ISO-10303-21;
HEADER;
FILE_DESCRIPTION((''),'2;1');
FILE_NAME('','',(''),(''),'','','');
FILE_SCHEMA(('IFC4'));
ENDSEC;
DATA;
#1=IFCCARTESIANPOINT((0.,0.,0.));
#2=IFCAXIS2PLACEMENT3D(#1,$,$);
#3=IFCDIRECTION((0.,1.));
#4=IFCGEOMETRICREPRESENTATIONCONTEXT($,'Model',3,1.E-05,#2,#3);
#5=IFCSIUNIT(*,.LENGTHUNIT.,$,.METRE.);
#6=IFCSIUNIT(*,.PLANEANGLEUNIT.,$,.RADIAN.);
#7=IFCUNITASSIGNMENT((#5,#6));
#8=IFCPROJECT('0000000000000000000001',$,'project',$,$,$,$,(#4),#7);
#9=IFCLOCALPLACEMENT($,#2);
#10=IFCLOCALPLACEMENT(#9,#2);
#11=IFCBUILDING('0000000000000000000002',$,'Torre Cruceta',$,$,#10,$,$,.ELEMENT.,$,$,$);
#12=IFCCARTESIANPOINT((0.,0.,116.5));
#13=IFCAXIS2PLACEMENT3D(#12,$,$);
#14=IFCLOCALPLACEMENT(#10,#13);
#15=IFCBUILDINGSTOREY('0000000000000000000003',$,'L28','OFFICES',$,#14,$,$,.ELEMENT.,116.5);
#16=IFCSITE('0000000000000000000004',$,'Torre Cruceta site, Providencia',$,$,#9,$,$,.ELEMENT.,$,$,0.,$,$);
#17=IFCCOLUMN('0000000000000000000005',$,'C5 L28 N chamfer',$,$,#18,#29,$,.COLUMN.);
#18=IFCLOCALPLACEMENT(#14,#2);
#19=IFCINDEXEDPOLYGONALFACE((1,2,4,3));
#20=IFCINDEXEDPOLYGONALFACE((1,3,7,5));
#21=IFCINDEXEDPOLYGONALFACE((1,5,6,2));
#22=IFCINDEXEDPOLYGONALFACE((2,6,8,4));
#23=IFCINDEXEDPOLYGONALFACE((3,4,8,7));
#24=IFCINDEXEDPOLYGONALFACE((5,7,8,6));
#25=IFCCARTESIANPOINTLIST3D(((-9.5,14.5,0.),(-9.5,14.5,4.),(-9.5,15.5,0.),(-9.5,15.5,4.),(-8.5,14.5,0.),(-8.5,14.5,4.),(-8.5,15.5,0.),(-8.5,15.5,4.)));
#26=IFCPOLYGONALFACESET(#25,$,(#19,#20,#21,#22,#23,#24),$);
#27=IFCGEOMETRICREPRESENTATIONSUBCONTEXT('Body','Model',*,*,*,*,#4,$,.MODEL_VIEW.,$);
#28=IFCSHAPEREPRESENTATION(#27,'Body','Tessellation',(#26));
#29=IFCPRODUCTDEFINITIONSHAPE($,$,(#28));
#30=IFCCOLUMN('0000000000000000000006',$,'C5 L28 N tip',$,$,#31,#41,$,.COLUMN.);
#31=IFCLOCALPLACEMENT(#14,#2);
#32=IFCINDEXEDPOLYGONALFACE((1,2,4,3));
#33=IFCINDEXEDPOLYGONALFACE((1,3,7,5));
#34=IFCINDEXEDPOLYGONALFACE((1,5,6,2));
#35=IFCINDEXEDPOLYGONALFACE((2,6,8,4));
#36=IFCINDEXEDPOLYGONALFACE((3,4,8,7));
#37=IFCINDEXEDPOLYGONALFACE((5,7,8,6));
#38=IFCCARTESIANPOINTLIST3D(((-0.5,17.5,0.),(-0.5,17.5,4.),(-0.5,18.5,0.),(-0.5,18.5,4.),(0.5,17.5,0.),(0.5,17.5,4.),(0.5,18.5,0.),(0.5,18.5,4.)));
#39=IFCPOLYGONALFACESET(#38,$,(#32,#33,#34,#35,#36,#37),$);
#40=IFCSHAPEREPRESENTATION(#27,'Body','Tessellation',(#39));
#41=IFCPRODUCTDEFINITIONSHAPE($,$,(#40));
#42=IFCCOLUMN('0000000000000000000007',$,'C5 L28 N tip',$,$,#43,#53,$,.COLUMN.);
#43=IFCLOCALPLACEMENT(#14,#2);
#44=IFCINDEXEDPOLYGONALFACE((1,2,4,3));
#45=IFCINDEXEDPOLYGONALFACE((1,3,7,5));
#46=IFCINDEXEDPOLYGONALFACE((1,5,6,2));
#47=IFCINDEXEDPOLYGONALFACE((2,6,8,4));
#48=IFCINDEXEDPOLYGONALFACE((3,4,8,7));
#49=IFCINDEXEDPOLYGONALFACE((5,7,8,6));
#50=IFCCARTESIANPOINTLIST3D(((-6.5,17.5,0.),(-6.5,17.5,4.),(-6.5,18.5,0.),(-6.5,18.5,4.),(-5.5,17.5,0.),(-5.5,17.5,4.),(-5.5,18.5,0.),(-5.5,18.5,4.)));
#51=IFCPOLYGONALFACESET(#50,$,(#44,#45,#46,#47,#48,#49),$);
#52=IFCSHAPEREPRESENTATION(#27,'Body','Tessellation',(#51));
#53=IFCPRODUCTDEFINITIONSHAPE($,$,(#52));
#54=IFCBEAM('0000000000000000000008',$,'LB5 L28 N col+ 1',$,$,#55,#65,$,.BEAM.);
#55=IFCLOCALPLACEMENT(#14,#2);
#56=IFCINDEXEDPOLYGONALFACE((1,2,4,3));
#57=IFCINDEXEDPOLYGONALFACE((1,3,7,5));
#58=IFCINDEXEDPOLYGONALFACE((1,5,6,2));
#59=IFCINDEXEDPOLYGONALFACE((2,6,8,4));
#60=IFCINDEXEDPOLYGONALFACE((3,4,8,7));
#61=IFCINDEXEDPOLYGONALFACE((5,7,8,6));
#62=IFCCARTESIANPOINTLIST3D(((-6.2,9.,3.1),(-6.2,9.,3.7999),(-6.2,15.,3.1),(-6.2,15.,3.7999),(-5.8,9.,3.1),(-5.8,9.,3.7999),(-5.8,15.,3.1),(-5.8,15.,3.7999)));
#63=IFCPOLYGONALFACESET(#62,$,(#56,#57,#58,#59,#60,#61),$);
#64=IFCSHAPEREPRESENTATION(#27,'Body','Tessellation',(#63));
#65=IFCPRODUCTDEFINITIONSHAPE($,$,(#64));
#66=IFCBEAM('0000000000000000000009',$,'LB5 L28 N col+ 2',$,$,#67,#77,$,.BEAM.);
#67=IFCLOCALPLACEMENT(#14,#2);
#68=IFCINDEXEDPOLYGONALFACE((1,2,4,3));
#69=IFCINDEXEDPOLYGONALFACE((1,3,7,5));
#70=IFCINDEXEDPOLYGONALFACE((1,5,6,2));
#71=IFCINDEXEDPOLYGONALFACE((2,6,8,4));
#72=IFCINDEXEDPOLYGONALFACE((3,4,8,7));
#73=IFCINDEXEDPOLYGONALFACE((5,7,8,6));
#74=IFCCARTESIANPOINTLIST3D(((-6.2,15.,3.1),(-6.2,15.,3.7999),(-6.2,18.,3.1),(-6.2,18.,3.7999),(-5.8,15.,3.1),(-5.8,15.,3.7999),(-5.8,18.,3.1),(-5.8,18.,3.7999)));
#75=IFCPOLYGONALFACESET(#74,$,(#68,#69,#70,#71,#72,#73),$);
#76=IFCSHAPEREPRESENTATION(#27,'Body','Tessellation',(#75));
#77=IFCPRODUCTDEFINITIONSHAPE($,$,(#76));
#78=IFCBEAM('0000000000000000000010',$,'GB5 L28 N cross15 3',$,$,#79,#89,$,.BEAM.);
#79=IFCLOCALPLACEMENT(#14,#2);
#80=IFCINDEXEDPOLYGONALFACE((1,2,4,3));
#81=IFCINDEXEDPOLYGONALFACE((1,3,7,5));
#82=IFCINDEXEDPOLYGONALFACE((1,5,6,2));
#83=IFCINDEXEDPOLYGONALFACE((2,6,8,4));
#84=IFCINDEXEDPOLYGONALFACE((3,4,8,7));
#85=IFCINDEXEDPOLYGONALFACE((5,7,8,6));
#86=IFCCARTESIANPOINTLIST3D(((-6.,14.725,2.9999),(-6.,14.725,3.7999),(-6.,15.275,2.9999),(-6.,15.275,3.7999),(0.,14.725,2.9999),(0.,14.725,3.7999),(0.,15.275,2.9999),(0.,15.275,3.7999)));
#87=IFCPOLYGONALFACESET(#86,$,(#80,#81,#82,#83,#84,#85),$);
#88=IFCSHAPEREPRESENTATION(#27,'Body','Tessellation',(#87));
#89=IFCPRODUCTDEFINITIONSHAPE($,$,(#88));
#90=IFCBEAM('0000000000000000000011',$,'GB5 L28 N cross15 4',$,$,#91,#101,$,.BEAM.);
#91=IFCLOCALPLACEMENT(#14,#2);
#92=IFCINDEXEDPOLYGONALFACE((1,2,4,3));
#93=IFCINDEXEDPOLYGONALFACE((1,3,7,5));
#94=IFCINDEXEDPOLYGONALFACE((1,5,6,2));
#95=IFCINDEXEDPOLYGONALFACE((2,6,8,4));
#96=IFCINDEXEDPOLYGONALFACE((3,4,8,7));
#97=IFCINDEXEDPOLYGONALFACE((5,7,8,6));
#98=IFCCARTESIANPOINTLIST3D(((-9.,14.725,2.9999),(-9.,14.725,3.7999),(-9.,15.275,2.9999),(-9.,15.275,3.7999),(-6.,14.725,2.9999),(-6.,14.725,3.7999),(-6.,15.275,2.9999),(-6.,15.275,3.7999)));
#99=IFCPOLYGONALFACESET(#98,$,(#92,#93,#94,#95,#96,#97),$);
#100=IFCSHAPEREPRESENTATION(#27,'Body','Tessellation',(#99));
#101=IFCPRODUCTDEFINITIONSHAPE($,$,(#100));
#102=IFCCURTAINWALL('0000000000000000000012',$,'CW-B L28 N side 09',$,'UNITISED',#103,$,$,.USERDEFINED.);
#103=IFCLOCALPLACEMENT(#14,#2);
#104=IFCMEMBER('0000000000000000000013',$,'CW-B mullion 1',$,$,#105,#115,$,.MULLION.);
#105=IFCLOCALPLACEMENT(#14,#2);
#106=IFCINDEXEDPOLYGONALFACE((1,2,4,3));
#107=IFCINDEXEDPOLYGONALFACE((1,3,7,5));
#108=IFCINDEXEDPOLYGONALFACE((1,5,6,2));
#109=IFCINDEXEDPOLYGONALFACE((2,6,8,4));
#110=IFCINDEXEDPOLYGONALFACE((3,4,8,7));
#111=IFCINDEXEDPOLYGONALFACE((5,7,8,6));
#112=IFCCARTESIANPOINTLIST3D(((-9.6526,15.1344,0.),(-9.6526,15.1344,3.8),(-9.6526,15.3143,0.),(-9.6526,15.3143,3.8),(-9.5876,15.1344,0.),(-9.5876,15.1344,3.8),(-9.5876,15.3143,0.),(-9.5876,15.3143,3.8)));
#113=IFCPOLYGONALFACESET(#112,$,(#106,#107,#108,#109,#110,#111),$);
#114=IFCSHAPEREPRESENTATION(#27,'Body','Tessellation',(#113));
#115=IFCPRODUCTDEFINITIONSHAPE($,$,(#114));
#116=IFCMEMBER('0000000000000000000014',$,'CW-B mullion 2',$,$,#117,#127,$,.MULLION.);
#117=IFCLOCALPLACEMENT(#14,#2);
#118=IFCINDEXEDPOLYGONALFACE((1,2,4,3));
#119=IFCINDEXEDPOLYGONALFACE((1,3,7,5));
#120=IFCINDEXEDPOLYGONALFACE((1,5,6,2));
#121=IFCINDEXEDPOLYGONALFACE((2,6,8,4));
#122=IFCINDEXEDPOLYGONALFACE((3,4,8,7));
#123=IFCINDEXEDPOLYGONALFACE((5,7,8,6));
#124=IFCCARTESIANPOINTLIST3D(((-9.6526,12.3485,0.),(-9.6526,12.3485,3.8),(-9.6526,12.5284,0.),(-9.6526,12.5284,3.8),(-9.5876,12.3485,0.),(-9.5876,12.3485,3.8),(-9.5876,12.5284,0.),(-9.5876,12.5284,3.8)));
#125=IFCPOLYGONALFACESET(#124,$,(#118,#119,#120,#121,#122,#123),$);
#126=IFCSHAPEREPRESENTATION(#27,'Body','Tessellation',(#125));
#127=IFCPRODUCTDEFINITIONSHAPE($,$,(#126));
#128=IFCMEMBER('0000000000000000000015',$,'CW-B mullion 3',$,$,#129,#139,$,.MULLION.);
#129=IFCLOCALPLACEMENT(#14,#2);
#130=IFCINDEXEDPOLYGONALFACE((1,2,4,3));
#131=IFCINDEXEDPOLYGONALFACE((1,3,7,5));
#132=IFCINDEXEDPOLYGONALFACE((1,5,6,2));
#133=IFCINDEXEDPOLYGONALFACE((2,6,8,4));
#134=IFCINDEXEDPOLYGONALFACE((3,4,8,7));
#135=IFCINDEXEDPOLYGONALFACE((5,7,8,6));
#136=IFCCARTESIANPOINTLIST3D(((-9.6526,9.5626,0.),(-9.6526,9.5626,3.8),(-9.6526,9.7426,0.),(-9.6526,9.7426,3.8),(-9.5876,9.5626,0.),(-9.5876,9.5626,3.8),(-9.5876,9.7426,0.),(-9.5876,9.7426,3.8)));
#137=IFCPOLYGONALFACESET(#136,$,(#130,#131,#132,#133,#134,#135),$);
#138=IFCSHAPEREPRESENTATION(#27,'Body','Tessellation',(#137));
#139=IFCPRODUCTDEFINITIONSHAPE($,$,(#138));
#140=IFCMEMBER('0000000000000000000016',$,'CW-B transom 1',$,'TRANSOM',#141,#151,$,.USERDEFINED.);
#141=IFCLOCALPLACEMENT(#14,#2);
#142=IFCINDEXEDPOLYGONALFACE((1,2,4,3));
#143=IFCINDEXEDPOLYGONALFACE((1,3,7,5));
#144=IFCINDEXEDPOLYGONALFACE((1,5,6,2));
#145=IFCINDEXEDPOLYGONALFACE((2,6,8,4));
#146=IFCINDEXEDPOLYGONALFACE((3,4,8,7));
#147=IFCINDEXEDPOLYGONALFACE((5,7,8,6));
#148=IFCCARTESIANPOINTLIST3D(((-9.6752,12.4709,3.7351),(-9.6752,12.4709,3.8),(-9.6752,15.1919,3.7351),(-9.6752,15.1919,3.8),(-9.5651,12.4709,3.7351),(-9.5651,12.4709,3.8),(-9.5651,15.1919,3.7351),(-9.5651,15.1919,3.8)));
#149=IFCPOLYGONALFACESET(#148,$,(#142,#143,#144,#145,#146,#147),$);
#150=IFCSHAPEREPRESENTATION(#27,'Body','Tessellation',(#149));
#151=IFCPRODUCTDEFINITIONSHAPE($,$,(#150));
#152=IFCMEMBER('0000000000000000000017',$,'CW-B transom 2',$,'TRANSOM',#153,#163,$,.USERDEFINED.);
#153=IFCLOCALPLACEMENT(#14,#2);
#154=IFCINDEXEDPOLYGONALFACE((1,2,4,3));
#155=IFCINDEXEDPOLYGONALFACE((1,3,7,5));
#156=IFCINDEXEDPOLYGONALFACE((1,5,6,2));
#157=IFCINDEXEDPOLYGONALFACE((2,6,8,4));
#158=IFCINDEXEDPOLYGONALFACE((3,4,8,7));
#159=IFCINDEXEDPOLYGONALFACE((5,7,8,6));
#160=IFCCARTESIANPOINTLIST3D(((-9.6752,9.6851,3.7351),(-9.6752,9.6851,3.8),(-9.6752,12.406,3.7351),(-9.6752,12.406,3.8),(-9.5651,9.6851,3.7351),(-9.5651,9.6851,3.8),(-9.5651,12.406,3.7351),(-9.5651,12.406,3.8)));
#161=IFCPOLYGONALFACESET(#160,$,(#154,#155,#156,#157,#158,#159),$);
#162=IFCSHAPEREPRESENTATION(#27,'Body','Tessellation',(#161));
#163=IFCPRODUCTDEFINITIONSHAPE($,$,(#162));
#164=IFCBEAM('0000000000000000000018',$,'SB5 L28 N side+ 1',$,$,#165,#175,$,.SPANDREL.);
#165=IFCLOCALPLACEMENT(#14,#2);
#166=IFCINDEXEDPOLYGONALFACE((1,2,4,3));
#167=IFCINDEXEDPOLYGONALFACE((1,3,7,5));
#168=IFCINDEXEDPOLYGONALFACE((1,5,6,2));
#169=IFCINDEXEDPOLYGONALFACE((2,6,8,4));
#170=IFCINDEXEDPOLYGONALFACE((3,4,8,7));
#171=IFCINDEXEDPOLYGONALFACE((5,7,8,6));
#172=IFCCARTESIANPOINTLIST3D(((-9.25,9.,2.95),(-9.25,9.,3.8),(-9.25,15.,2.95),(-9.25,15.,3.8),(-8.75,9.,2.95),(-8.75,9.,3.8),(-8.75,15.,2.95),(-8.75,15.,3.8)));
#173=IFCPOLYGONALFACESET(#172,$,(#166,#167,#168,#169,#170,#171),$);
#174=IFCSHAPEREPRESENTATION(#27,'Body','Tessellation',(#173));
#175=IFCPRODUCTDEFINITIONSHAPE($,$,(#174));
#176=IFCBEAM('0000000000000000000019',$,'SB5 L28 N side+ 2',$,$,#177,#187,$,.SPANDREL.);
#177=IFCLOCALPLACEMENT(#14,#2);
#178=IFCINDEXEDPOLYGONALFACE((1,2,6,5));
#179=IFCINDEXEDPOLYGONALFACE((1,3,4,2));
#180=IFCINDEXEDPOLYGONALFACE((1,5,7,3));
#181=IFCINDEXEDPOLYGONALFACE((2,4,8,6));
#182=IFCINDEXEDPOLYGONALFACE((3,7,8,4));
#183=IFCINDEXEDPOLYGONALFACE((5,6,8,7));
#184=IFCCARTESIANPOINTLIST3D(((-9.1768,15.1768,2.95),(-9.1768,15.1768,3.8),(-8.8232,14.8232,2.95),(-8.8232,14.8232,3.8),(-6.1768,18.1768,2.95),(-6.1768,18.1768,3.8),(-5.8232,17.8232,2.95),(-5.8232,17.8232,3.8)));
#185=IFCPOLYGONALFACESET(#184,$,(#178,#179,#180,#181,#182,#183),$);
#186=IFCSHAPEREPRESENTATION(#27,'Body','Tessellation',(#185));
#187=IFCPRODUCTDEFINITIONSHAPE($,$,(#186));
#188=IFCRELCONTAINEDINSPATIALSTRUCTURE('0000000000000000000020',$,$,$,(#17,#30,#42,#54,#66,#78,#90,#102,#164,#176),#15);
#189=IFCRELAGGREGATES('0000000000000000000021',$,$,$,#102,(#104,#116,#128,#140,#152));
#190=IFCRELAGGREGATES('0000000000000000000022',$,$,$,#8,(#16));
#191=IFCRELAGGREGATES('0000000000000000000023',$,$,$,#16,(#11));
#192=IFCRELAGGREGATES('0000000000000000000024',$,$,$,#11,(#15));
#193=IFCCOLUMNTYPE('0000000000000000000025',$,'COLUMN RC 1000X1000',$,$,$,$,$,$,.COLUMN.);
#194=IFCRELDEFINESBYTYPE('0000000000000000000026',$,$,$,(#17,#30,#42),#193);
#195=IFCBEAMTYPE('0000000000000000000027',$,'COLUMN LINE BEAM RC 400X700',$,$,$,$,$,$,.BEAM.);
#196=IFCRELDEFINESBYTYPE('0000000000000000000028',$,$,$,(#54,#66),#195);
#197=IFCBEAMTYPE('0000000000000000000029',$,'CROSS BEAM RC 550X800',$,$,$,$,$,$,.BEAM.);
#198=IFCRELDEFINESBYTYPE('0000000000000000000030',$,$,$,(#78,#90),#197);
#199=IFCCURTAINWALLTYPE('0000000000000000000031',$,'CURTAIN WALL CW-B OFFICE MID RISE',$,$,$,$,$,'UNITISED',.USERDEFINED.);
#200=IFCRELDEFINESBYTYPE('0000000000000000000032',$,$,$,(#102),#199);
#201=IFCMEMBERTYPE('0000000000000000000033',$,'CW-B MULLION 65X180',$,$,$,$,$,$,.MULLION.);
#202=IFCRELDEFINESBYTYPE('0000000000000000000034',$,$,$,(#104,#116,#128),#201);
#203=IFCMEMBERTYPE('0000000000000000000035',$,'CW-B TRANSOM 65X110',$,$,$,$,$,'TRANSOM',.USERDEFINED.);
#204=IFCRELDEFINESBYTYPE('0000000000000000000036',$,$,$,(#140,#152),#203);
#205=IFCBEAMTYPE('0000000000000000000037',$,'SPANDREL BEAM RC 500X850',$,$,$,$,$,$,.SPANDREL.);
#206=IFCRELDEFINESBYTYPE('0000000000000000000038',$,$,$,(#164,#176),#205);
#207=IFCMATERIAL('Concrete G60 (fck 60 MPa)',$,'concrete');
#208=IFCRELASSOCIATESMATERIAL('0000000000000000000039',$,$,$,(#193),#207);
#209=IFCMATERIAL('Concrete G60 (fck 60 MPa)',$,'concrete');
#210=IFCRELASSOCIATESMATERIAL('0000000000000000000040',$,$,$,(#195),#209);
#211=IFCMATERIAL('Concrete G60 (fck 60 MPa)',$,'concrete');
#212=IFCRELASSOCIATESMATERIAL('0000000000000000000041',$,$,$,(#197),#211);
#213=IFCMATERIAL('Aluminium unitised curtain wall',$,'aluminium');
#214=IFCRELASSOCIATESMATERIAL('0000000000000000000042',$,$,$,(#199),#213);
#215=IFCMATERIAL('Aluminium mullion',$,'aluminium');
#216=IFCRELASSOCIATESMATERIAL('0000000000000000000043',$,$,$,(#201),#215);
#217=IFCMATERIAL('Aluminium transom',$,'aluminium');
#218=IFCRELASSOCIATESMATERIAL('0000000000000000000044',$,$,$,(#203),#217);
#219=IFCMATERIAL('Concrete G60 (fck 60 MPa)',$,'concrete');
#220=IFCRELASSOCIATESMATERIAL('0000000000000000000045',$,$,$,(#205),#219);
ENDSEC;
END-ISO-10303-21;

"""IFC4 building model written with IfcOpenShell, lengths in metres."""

from ifc_helpers import new_model, si_unit, direction, frame, origin, origin_2d, place, context, subcontext, project, spatial, rectangle, extrude, material, material_profile, profile_set, type_object, element, aggregate, save


model = new_model("IFC4")

# Units and contexts
model_context = context("Model", 3, precision=1e-05, world=origin(), true_north=direction((0.0, 1.0)))
body_context = subcontext(model_context, "Body", "Model", "MODEL_VIEW")
ifc_project = project(units=[si_unit("LENGTHUNIT", "METRE"), si_unit("PLANEANGLEUNIT", "RADIAN")], contexts=[model_context])

# Site, building, storey
site_placement = place(None, origin())
site = spatial("IfcSite", under=ifc_project, at=site_placement, Name="Torre Cruceta site, Providencia", CompositionType="ELEMENT", RefElevation=0.0)
building_placement = place(site_placement, origin())
building = spatial("IfcBuilding", under=site, at=building_placement, Name="Torre Cruceta", CompositionType="ELEMENT")
storey_placement = place(building_placement, frame((0.0, 0.0, 116.5)))
storey = spatial("IfcBuildingStorey", under=building, at=storey_placement, Name="L28", Description="OFFICES", CompositionType="ELEMENT", Elevation=116.5)

# Columns
ifc_material_1 = material(Name="Concrete G60 (fck 60 MPa)", Category="concrete")
ifc_material_profile_1 = material_profile(ifc_material_1, rectangle(XDim=1.0, YDim=1.0, at=origin_2d()), Name="RC 1000X1000")
ifc_profile_set_1 = profile_set([ifc_material_profile_1], Name="Concrete G60 (fck 60 MPa)")
column_type = type_object("IfcColumnType", Name="COLUMN RC 1000X1000", PredefinedType="COLUMN", material=ifc_profile_set_1)
for number, where, z_axis, x_axis, name in (
    (1, (-9.0, 15.0, 0.0), (0.0, 0.0, 1.0), (1.0, 0.0, 0.0), "C5 L28 N chamfer"),
    (2, (0.0, 18.0, 0.0), (0.0, 0.0, 1.0), (1.0, 0.0, 0.0), "C5 L28 N tip"),
    (3, (-6.0, 18.0, 0.0), (0.0, 0.0, 1.0), (1.0, 0.0, 0.0), "C5 L28 N tip"),
):
    element("IfcColumn", number, at=place(storey_placement, frame(where, z_axis=z_axis, x_axis=x_axis)), inside=storey, type_object=column_type, Name=name, PredefinedType="COLUMN", context=body_context, shape_type="SweptSolid", body=[
        extrude(rectangle(XDim=1.0, YDim=1.0, at=origin_2d()), origin(), (0.0, 0.0, 1.0), 4.0),
    ])

# Beams
ifc_material_2 = material(Name="Concrete G60 (fck 60 MPa)", Category="concrete")
ifc_material_profile_2 = material_profile(ifc_material_2, rectangle(XDim=0.3999, YDim=0.7, at=origin_2d()), Name="RC 400X700")
ifc_profile_set_2 = profile_set([ifc_material_profile_2], Name="Concrete G60 (fck 60 MPa)")
beam_type_1 = type_object("IfcBeamType", Name="COLUMN LINE BEAM RC 400X700", PredefinedType="BEAM", material=ifc_profile_set_2)
beam_1_placement = place(storey_placement, frame((-6.0, 9.0, 3.45), z_axis=(0.0, 1.0, 0.0), x_axis=(-1.0, 0.0, 0.0)))
element("IfcBeam", 4, at=beam_1_placement, inside=storey, type_object=beam_type_1, Name="LB5 L28 N col+ 1", PredefinedType="BEAM", context=body_context, shape_type="SweptSolid", body=[
    extrude(rectangle(XDim=0.3999, YDim=0.7, at=origin_2d()), origin(), (0.0, 0.0, 1.0), 6.0),
])
beam_2_placement = place(storey_placement, frame((-6.0, 15.0, 3.45), z_axis=(0.0, 1.0, 0.0), x_axis=(-1.0, 0.0, 0.0)))
element("IfcBeam", 5, at=beam_2_placement, inside=storey, type_object=beam_type_1, Name="LB5 L28 N col+ 2", PredefinedType="BEAM", context=body_context, shape_type="SweptSolid", body=[
    extrude(rectangle(XDim=0.3999, YDim=0.7, at=origin_2d()), origin(), (0.0, 0.0, 1.0), 3.0),
])
ifc_material_3 = material(Name="Concrete G60 (fck 60 MPa)", Category="concrete")
ifc_material_profile_3 = material_profile(ifc_material_3, rectangle(XDim=0.55, YDim=0.8, at=origin_2d()), Name="RC 550X800")
ifc_profile_set_3 = profile_set([ifc_material_profile_3], Name="Concrete G60 (fck 60 MPa)")
beam_type_2 = type_object("IfcBeamType", Name="CROSS BEAM RC 550X800", PredefinedType="BEAM", material=ifc_profile_set_3)
beam_3_placement = place(storey_placement, frame((0.0, 15.0, 3.3999), z_axis=(-1.0, 0.0, 0.0), x_axis=(0.0, -1.0, 0.0)))
element("IfcBeam", 6, at=beam_3_placement, inside=storey, type_object=beam_type_2, Name="GB5 L28 N cross15 3", PredefinedType="BEAM", context=body_context, shape_type="SweptSolid", body=[
    extrude(rectangle(XDim=0.55, YDim=0.8, at=origin_2d()), origin(), (0.0, 0.0, 1.0), 6.0),
])
beam_4_placement = place(storey_placement, frame((-6.0, 15.0, 3.3999), z_axis=(-1.0, 0.0, 0.0), x_axis=(0.0, -1.0, 0.0)))
element("IfcBeam", 7, at=beam_4_placement, inside=storey, type_object=beam_type_2, Name="GB5 L28 N cross15 4", PredefinedType="BEAM", context=body_context, shape_type="SweptSolid", body=[
    extrude(rectangle(XDim=0.55, YDim=0.8, at=origin_2d()), origin(), (0.0, 0.0, 1.0), 3.0),
])

# Curtain wall, members
ifc_material_4 = material(Name="Aluminium unitised curtain wall", Category="aluminium")
curtain_wall_type = type_object("IfcCurtainWallType", Name="CURTAIN WALL CW-B OFFICE MID RISE", ElementType="UNITISED", PredefinedType="USERDEFINED", material=ifc_material_4)
curtain_wall_placement = place(storey_placement, origin())
curtain_wall = element("IfcCurtainWall", 8, at=curtain_wall_placement, inside=storey, type_object=curtain_wall_type, Name="CW-B L28 N side 09", ObjectType="UNITISED", PredefinedType="USERDEFINED")
ifc_material_5 = material(Name="Aluminium mullion", Category="aluminium")
ifc_material_profile_4 = material_profile(ifc_material_5, rectangle(XDim=0.0649, YDim=0.1799, at=origin_2d()), Name="AL 65X180")
ifc_profile_set_4 = profile_set([ifc_material_profile_4], Name="Aluminium mullion")
member_type_1 = type_object("IfcMemberType", Name="CW-B MULLION 65X180", PredefinedType="MULLION", material=ifc_profile_set_4)
member_1_placement = place(storey_placement, frame((-9.6201, 15.2244, 0.0), z_axis=(0.0, 0.0, 1.0), x_axis=(1.0, 0.0, 0.0)))
member_1 = element("IfcMember", 9, at=member_1_placement, type_object=member_type_1, Name="CW-B mullion 1", PredefinedType="MULLION", context=body_context, shape_type="SweptSolid", body=[
    extrude(rectangle(XDim=0.0649, YDim=0.1799, at=origin_2d()), origin(), (0.0, 0.0, 1.0), 3.8),
])
member_2_placement = place(storey_placement, frame((-9.6201, 12.4385, 0.0), z_axis=(0.0, 0.0, 1.0), x_axis=(1.0, 0.0, 0.0)))
member_2 = element("IfcMember", 10, at=member_2_placement, type_object=member_type_1, Name="CW-B mullion 2", PredefinedType="MULLION", context=body_context, shape_type="SweptSolid", body=[
    extrude(rectangle(XDim=0.0649, YDim=0.1799, at=origin_2d()), origin(), (0.0, 0.0, 1.0), 3.8),
])
member_3_placement = place(storey_placement, frame((-9.6201, 9.6526, 0.0), z_axis=(0.0, 0.0, 1.0), x_axis=(1.0, 0.0, 0.0)))
member_3 = element("IfcMember", 11, at=member_3_placement, type_object=member_type_1, Name="CW-B mullion 3", PredefinedType="MULLION", context=body_context, shape_type="SweptSolid", body=[
    extrude(rectangle(XDim=0.0649, YDim=0.1799, at=origin_2d()), origin(), (0.0, 0.0, 1.0), 3.8),
])
ifc_material_6 = material(Name="Aluminium transom", Category="aluminium")
ifc_material_profile_5 = material_profile(ifc_material_6, rectangle(XDim=0.1101, YDim=0.0649, at=origin_2d()), Name="AL 110X65")
ifc_profile_set_5 = profile_set([ifc_material_profile_5], Name="Aluminium transom")
member_type_2 = type_object("IfcMemberType", Name="CW-B TRANSOM 65X110", ElementType="TRANSOM", PredefinedType="USERDEFINED", material=ifc_profile_set_5)
member_4_placement = place(storey_placement, frame((-9.6201, 15.1919, 3.7676), z_axis=(0.0, -1.0, 0.0), x_axis=(1.0, 0.0, 0.0)))
member_4 = element("IfcMember", 12, at=member_4_placement, type_object=member_type_2, Name="CW-B transom 1", ObjectType="TRANSOM", PredefinedType="USERDEFINED", context=body_context, shape_type="SweptSolid", body=[
    extrude(rectangle(XDim=0.1101, YDim=0.0649, at=origin_2d()), origin(), (0.0, 0.0, 1.0), 2.7209),
])
member_5_placement = place(storey_placement, frame((-9.6201, 12.406, 3.7676), z_axis=(0.0, -1.0, 0.0), x_axis=(1.0, 0.0, 0.0)))
member_5 = element("IfcMember", 13, at=member_5_placement, type_object=member_type_2, Name="CW-B transom 2", ObjectType="TRANSOM", PredefinedType="USERDEFINED", context=body_context, shape_type="SweptSolid", body=[
    extrude(rectangle(XDim=0.1101, YDim=0.0649, at=origin_2d()), origin(), (0.0, 0.0, 1.0), 2.7209),
])

# Beams
ifc_material_7 = material(Name="Concrete G60 (fck 60 MPa)", Category="concrete")
ifc_material_profile_6 = material_profile(ifc_material_7, rectangle(XDim=0.5, YDim=0.8501, at=origin_2d()), Name="RC 500X850")
ifc_profile_set_6 = profile_set([ifc_material_profile_6], Name="Concrete G60 (fck 60 MPa)")
beam_type_3 = type_object("IfcBeamType", Name="SPANDREL BEAM RC 500X850", PredefinedType="SPANDREL", material=ifc_profile_set_6)
beam_5_placement = place(storey_placement, frame((-9.0, 9.0, 3.375), z_axis=(0.0, 1.0, 0.0), x_axis=(-1.0, 0.0, 0.0)))
element("IfcBeam", 14, at=beam_5_placement, inside=storey, type_object=beam_type_3, Name="SB5 L28 N side+ 1", PredefinedType="SPANDREL", context=body_context, shape_type="SweptSolid", body=[
    extrude(rectangle(XDim=0.5, YDim=0.8501, at=origin_2d()), origin(), (0.0, 0.0, 1.0), 6.0),
])
beam_6_placement = place(storey_placement, frame((-9.0, 15.0, 3.375), z_axis=(0.707107, 0.707107, 0.0), x_axis=(-0.707107, 0.707107, 0.0)))
element("IfcBeam", 15, at=beam_6_placement, inside=storey, type_object=beam_type_3, Name="SB5 L28 N side+ 2", PredefinedType="SPANDREL", context=body_context, shape_type="SweptSolid", body=[
    extrude(rectangle(XDim=0.5, YDim=0.8501, at=origin_2d()), origin(), (0.0, 0.0, 1.0), 4.2427),
])

aggregate(curtain_wall, [member_1, member_2, member_3, member_4, member_5])

save(model, "model.ifc")
